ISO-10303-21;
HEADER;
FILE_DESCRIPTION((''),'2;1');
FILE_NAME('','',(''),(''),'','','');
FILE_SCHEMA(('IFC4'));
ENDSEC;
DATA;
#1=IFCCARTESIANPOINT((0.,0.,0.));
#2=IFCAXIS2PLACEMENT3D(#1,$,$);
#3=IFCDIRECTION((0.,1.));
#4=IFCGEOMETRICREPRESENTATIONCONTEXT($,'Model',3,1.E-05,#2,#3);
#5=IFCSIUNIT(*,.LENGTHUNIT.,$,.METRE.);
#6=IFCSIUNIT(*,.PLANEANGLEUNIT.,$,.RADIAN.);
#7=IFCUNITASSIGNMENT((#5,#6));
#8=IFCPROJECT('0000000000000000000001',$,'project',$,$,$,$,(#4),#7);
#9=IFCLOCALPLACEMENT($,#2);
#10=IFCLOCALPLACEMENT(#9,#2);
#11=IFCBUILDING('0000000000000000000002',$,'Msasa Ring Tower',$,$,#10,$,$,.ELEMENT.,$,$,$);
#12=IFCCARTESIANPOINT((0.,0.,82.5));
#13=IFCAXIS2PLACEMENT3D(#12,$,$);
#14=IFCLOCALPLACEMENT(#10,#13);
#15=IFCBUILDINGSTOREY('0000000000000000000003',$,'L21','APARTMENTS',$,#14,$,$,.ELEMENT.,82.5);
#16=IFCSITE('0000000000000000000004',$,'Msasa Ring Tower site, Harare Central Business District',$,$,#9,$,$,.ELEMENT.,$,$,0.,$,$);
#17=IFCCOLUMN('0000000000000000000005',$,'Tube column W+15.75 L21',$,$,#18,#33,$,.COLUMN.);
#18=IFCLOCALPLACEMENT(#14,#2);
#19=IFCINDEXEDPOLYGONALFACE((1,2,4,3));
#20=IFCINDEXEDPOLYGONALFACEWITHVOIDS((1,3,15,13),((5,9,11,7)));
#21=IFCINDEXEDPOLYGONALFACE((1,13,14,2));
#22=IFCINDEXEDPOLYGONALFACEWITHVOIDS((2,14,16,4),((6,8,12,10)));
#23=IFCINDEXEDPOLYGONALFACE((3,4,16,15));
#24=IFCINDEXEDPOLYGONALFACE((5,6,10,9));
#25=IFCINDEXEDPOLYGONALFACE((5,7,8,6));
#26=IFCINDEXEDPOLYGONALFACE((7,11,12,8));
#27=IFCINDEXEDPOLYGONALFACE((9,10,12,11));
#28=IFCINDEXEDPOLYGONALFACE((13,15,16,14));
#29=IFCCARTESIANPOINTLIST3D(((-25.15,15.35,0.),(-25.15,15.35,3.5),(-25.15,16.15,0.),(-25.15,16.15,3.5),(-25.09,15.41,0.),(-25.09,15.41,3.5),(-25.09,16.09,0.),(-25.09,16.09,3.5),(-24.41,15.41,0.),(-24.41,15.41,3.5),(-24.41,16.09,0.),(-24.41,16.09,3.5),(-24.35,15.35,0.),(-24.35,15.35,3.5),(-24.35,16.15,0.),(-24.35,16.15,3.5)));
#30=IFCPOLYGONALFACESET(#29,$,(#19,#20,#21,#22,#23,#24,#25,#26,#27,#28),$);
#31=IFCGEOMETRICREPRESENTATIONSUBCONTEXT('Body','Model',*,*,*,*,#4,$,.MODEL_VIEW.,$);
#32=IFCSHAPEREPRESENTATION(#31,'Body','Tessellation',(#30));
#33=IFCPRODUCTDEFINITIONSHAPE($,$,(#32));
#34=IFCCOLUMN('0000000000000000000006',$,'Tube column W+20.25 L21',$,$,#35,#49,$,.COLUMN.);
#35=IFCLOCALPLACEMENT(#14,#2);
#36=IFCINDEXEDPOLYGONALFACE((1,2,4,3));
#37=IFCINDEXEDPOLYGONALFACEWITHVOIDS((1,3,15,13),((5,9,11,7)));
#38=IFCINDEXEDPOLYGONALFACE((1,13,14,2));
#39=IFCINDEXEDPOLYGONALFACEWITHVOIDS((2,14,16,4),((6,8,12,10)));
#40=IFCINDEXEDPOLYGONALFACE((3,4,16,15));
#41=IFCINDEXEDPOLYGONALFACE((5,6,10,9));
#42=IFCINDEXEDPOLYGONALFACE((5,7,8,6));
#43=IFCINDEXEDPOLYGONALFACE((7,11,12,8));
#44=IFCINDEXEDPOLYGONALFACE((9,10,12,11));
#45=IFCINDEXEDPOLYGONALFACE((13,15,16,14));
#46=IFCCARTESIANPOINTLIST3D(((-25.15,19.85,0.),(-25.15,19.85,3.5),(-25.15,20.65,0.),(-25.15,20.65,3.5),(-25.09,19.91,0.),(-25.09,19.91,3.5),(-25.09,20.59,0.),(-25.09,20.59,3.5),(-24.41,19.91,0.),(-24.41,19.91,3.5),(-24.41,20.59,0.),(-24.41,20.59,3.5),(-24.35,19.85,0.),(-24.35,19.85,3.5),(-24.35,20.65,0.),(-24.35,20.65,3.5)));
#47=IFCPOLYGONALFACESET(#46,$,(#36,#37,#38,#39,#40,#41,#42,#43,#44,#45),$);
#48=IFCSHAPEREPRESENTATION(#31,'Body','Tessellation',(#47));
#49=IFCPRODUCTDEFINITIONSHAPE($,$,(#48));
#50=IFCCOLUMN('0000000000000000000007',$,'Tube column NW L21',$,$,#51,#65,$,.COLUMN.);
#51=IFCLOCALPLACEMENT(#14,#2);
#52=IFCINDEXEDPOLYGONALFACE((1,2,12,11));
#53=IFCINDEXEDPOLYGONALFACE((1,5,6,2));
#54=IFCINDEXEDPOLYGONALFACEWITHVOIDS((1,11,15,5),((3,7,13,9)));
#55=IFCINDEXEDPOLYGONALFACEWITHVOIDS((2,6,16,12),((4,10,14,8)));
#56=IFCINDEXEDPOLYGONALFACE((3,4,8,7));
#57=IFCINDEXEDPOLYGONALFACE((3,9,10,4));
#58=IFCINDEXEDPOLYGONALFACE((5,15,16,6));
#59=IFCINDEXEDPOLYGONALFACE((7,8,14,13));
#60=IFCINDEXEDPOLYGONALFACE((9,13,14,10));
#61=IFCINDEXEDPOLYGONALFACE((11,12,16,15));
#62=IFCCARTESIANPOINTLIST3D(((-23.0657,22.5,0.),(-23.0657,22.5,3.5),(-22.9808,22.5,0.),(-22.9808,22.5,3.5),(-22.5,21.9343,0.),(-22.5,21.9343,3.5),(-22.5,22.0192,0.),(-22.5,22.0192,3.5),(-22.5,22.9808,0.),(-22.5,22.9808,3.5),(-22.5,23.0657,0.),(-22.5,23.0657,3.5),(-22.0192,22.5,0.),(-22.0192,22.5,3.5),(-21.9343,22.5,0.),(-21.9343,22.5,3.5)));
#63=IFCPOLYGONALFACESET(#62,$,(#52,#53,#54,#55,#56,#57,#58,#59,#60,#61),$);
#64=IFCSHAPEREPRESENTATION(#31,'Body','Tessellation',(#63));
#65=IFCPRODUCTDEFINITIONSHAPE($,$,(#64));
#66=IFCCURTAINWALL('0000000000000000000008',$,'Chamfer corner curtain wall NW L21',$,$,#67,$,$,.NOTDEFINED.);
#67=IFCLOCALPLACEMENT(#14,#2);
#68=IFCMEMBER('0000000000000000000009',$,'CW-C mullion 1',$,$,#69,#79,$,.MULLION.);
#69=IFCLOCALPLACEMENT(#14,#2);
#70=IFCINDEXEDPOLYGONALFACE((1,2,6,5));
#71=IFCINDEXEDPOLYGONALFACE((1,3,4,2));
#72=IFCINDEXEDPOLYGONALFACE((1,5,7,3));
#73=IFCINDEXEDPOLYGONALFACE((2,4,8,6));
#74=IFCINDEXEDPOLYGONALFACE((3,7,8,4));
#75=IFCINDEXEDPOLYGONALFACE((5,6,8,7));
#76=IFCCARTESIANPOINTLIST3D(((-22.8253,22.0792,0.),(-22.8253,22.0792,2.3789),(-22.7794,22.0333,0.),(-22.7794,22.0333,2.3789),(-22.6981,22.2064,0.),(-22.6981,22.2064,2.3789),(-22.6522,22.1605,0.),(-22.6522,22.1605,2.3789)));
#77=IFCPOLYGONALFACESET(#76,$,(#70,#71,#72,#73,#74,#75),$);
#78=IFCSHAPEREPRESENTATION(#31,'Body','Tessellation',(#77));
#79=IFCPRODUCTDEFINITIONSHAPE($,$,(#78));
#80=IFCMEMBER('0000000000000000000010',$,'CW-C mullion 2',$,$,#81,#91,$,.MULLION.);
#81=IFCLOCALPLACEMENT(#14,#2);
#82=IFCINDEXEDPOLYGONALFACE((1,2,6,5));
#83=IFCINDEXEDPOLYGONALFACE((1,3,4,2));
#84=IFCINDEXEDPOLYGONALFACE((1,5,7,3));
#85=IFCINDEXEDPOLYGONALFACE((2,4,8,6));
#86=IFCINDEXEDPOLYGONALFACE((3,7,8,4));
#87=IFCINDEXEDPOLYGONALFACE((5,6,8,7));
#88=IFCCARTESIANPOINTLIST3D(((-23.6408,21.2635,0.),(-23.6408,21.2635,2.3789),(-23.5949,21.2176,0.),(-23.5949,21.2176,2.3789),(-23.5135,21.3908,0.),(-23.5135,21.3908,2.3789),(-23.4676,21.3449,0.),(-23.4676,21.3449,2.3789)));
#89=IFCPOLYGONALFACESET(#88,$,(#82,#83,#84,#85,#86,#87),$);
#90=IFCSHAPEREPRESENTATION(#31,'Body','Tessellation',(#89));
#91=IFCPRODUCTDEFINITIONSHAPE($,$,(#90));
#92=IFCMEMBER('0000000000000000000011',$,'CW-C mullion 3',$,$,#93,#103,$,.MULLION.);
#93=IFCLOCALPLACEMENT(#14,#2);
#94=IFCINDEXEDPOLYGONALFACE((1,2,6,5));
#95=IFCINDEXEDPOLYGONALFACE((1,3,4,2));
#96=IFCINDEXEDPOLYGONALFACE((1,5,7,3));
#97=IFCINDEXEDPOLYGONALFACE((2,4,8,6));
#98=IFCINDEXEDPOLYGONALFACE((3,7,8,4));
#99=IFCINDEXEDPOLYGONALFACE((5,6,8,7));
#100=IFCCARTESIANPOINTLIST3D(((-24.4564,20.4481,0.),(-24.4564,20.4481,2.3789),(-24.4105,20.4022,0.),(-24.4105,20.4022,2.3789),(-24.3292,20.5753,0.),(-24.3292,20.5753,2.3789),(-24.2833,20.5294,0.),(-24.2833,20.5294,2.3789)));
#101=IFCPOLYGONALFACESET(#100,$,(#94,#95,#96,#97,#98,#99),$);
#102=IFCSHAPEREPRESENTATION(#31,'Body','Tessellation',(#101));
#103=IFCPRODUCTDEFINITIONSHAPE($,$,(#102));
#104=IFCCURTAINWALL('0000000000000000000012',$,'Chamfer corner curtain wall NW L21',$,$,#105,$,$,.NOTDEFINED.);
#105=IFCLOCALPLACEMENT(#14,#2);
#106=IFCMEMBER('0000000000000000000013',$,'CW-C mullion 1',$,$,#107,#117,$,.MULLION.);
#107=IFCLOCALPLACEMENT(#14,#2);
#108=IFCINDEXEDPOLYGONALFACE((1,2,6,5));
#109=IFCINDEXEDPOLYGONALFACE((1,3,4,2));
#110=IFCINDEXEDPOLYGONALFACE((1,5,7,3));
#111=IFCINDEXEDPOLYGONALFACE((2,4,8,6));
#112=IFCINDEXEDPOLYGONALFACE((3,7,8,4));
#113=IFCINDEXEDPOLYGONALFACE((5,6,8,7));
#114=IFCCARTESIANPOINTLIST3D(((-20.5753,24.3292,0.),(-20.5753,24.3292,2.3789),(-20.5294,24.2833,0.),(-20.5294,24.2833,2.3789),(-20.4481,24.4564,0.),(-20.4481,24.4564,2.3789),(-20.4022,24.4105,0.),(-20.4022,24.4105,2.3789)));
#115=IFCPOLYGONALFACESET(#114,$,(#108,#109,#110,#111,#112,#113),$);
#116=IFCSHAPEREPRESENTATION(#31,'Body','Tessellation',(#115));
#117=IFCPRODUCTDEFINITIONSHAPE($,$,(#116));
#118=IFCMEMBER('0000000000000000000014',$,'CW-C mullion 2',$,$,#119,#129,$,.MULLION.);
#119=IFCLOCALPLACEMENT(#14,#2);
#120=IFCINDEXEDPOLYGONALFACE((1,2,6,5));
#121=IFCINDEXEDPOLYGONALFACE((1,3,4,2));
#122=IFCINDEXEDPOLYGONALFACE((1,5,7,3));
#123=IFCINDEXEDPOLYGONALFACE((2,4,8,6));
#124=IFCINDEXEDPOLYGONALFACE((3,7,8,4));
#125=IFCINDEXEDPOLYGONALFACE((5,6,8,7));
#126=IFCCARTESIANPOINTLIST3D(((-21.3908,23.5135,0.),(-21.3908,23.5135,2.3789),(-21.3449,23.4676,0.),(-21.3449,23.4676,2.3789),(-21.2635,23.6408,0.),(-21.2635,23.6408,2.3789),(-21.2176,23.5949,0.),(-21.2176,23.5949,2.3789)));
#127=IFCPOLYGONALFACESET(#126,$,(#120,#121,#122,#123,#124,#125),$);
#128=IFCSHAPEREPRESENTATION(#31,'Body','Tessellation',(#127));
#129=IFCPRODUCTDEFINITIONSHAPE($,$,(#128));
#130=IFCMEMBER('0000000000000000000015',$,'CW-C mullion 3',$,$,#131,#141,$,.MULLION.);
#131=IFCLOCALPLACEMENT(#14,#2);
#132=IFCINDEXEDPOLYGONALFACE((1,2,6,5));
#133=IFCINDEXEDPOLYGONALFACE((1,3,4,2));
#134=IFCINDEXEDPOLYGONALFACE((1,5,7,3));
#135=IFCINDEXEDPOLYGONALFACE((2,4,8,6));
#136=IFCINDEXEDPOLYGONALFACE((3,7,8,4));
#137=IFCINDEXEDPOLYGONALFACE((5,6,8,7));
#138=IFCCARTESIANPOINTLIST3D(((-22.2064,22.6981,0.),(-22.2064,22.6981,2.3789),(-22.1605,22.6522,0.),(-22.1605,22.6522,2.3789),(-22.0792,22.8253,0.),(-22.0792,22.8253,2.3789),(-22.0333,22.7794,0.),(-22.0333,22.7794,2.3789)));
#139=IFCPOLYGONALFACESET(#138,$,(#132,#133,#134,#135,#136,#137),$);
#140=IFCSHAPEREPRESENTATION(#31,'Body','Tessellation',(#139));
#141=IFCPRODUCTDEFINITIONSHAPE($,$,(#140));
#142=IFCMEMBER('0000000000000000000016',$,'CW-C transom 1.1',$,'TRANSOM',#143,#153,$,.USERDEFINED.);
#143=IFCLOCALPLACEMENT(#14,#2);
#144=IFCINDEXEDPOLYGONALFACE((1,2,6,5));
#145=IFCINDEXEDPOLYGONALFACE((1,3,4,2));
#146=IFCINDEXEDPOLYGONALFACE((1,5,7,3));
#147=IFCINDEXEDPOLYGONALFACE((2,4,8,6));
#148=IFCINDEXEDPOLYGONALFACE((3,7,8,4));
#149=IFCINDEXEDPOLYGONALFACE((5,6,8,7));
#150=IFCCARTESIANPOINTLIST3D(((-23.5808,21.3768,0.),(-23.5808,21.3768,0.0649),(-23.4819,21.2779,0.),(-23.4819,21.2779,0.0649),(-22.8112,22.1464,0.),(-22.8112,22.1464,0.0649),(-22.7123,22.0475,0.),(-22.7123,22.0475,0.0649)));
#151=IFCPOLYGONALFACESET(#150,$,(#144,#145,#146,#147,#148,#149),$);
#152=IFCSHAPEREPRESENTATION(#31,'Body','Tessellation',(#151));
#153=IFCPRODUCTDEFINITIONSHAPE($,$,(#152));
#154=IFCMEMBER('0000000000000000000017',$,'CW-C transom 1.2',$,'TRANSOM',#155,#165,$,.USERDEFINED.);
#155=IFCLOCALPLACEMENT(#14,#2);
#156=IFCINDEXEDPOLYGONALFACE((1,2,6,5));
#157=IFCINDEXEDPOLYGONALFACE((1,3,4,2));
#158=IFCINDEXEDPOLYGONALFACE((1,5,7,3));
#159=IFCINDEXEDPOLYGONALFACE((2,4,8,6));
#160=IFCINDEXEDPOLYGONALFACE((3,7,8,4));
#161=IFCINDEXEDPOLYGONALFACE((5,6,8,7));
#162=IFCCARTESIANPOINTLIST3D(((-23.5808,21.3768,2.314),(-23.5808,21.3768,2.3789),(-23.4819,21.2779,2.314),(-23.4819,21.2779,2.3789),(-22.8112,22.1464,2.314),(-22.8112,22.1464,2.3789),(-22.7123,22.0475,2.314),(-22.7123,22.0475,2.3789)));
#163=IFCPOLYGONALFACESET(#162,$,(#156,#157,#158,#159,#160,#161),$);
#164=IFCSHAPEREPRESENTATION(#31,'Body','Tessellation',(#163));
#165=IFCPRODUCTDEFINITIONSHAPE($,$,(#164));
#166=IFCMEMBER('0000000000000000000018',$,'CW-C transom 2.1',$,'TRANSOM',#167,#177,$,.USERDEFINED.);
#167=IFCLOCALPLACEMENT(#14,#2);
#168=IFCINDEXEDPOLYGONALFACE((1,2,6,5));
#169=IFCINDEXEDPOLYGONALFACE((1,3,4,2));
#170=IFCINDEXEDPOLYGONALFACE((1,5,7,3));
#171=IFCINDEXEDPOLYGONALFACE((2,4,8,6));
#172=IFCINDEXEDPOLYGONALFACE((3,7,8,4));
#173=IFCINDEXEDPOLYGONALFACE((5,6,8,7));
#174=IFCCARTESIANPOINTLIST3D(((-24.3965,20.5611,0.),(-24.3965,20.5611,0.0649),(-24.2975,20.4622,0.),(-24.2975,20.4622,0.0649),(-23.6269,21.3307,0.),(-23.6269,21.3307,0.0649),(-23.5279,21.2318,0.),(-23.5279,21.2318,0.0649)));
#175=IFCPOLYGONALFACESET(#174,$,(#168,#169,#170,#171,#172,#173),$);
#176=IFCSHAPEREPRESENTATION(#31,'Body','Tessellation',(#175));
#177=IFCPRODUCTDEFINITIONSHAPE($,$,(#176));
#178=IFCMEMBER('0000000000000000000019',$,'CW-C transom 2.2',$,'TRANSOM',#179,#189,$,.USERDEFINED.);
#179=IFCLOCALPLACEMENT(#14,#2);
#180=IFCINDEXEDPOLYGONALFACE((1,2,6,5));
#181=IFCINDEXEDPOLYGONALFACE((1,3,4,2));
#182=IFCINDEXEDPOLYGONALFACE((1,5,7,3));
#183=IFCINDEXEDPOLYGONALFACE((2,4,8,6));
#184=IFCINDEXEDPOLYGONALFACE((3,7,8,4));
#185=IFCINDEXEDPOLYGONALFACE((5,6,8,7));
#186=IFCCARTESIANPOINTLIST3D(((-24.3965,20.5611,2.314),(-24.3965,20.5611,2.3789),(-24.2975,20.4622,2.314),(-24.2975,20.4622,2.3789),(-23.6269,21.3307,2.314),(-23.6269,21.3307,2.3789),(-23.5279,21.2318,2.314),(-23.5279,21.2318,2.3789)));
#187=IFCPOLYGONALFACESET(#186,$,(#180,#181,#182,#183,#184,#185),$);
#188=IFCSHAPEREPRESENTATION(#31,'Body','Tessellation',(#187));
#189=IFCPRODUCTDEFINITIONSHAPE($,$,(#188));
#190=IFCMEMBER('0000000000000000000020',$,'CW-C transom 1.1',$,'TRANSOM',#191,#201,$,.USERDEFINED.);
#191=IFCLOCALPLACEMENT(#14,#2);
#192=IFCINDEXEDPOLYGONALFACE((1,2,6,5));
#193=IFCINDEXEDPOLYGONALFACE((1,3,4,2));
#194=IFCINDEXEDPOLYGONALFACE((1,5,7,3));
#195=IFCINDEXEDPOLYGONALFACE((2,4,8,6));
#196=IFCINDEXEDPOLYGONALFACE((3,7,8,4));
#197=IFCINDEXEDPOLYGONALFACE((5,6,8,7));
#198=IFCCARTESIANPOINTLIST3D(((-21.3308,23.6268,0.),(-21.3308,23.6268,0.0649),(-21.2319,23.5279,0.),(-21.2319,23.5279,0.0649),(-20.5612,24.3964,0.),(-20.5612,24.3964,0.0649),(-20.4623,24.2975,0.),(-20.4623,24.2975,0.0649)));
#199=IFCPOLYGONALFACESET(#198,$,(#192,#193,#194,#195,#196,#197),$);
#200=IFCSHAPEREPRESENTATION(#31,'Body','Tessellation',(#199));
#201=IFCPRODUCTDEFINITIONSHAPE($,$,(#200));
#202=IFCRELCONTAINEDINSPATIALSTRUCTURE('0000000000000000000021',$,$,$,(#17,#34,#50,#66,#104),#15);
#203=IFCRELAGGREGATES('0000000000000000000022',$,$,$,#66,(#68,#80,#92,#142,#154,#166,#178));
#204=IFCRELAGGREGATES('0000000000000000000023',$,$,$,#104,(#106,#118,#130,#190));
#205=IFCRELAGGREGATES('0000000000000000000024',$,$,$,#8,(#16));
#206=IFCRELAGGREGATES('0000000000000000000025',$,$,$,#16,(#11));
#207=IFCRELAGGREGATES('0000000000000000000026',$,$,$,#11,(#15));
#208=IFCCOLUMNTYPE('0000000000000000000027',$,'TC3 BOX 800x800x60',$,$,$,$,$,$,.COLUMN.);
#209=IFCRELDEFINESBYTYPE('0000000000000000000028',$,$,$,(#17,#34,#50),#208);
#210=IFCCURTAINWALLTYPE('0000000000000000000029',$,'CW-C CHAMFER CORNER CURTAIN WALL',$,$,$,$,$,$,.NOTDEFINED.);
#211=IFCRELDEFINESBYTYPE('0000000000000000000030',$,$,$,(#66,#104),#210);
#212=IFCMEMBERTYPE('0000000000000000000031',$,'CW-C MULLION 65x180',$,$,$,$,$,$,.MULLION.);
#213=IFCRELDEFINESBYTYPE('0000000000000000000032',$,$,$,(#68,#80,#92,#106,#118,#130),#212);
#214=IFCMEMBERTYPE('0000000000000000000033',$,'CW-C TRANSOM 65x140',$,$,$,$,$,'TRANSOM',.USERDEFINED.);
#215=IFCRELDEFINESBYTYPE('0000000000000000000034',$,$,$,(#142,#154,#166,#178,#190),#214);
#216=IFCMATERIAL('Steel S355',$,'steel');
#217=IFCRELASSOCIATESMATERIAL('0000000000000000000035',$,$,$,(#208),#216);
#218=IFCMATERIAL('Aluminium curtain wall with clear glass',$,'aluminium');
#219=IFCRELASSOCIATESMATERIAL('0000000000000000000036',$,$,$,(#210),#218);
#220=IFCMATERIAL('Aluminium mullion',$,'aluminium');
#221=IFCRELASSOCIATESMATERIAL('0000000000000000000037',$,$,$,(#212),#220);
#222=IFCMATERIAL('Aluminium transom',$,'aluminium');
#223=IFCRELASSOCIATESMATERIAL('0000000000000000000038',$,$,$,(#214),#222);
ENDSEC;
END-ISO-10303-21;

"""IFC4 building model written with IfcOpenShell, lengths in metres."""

from ifc_helpers import new_model, si_unit, direction, frame, origin, origin_2d, place, context, subcontext, project, spatial, rectangle, hollow_rectangle, extrude, material, material_profile, profile_set, type_object, element, aggregate, save


model = new_model("IFC4")

# Units and contexts
model_context = context("Model", 3, precision=1e-05, world=origin(), true_north=direction((0.0, 1.0)))
body_context = subcontext(model_context, "Body", "Model", "MODEL_VIEW")
ifc_project = project(units=[si_unit("LENGTHUNIT", "METRE"), si_unit("PLANEANGLEUNIT", "RADIAN")], contexts=[model_context])

# Site, building, storey
site_placement = place(None, origin())
site = spatial("IfcSite", under=ifc_project, at=site_placement, Name="Msasa Ring Tower site, Harare Central Business District", CompositionType="ELEMENT", RefElevation=0.0)
building_placement = place(site_placement, origin())
building = spatial("IfcBuilding", under=site, at=building_placement, Name="Msasa Ring Tower", CompositionType="ELEMENT")
storey_placement = place(building_placement, frame((0.0, 0.0, 82.5)))
storey = spatial("IfcBuildingStorey", under=building, at=storey_placement, Name="L21", Description="APARTMENTS", CompositionType="ELEMENT", Elevation=82.5)

# Columns
ifc_material_1 = material(Name="Steel S355", Category="steel")
ifc_material_profile_1 = material_profile(ifc_material_1, hollow_rectangle(XDim=0.8, YDim=0.8, WallThickness=0.0601, at=origin_2d()), Name="BOX 800x800x60")
ifc_profile_set_1 = profile_set([ifc_material_profile_1], Name="Steel S355")
column_type = type_object("IfcColumnType", Name="TC3 BOX 800x800x60", PredefinedType="COLUMN", material=ifc_profile_set_1)
for number, where, z_axis, x_axis, name in (
    (1, (-24.75, 15.75, 0.0), (0.0, 0.0, 1.0), (1.0, 0.0, 0.0), "Tube column W+15.75 L21"),
    (2, (-24.75, 20.25, 0.0), (0.0, 0.0, 1.0), (1.0, 0.0, 0.0), "Tube column W+20.25 L21"),
    (3, (-22.5, 22.5, 0.0), (0.0, 0.0, 1.0), (0.707107, -0.707107, 0.0), "Tube column NW L21"),
):
    element("IfcColumn", number, at=place(storey_placement, frame(where, z_axis=z_axis, x_axis=x_axis)), inside=storey, type_object=column_type, Name=name, PredefinedType="COLUMN", context=body_context, shape_type="SweptSolid", body=[
        extrude(hollow_rectangle(XDim=0.8, YDim=0.8, WallThickness=0.0601, at=origin_2d()), origin(), (0.0, 0.0, 1.0), 3.5),
    ])

# Curtain walls, members
ifc_material_2 = material(Name="Aluminium curtain wall with clear glass", Category="aluminium")
curtain_wall_type = type_object("IfcCurtainWallType", Name="CW-C CHAMFER CORNER CURTAIN WALL", PredefinedType="NOTDEFINED", material=ifc_material_2)
curtain_wall_1_placement = place(storey_placement, origin())
curtain_wall_1 = element("IfcCurtainWall", 4, at=curtain_wall_1_placement, inside=storey, type_object=curtain_wall_type, Name="Chamfer corner curtain wall NW L21", PredefinedType="NOTDEFINED")
ifc_material_3 = material(Name="Aluminium mullion", Category="aluminium")
ifc_material_profile_2 = material_profile(ifc_material_3, rectangle(XDim=0.0649, YDim=0.1799, at=origin_2d()), Name="AL 65x180")
ifc_profile_set_2 = profile_set([ifc_material_profile_2], Name="Aluminium mullion")
member_type_1 = type_object("IfcMemberType", Name="CW-C MULLION 65x180", PredefinedType="MULLION", material=ifc_profile_set_2)
member_1_placement = place(storey_placement, frame((-22.7388, 22.1199, 0.0), z_axis=(0.0, 0.0, 1.0), x_axis=(0.707107, -0.707107, 0.0)))
member_1 = element("IfcMember", 5, at=member_1_placement, type_object=member_type_1, Name="CW-C mullion 1", PredefinedType="MULLION", context=body_context, shape_type="SweptSolid", body=[
    extrude(rectangle(XDim=0.0649, YDim=0.1799, at=origin_2d()), origin(), (0.0, 0.0, 1.0), 2.3789),
])
member_2_placement = place(storey_placement, frame((-23.5542, 21.3042, 0.0), z_axis=(0.0, 0.0, 1.0), x_axis=(0.707107, -0.707107, 0.0)))
member_2 = element("IfcMember", 6, at=member_2_placement, type_object=member_type_1, Name="CW-C mullion 2", PredefinedType="MULLION", context=body_context, shape_type="SweptSolid", body=[
    extrude(rectangle(XDim=0.0649, YDim=0.1799, at=origin_2d()), origin(), (0.0, 0.0, 1.0), 2.3789),
])
member_3_placement = place(storey_placement, frame((-24.3699, 20.4888, 0.0), z_axis=(0.0, 0.0, 1.0), x_axis=(0.707107, -0.707107, 0.0)))
member_3 = element("IfcMember", 7, at=member_3_placement, type_object=member_type_1, Name="CW-C mullion 3", PredefinedType="MULLION", context=body_context, shape_type="SweptSolid", body=[
    extrude(rectangle(XDim=0.0649, YDim=0.1799, at=origin_2d()), origin(), (0.0, 0.0, 1.0), 2.3789),
])
curtain_wall_2_placement = place(storey_placement, origin())
curtain_wall_2 = element("IfcCurtainWall", 8, at=curtain_wall_2_placement, inside=storey, type_object=curtain_wall_type, Name="Chamfer corner curtain wall NW L21", PredefinedType="NOTDEFINED")
member_4_placement = place(storey_placement, frame((-20.4888, 24.3699, 0.0), z_axis=(0.0, 0.0, 1.0), x_axis=(0.707107, -0.707107, 0.0)))
member_4 = element("IfcMember", 9, at=member_4_placement, type_object=member_type_1, Name="CW-C mullion 1", PredefinedType="MULLION", context=body_context, shape_type="SweptSolid", body=[
    extrude(rectangle(XDim=0.0649, YDim=0.1799, at=origin_2d()), origin(), (0.0, 0.0, 1.0), 2.3789),
])
member_5_placement = place(storey_placement, frame((-21.3042, 23.5542, 0.0), z_axis=(0.0, 0.0, 1.0), x_axis=(0.707107, -0.707107, 0.0)))
member_5 = element("IfcMember", 10, at=member_5_placement, type_object=member_type_1, Name="CW-C mullion 2", PredefinedType="MULLION", context=body_context, shape_type="SweptSolid", body=[
    extrude(rectangle(XDim=0.0649, YDim=0.1799, at=origin_2d()), origin(), (0.0, 0.0, 1.0), 2.3789),
])
member_6_placement = place(storey_placement, frame((-22.1199, 22.7388, 0.0), z_axis=(0.0, 0.0, 1.0), x_axis=(0.707107, -0.707107, 0.0)))
member_6 = element("IfcMember", 11, at=member_6_placement, type_object=member_type_1, Name="CW-C mullion 3", PredefinedType="MULLION", context=body_context, shape_type="SweptSolid", body=[
    extrude(rectangle(XDim=0.0649, YDim=0.1799, at=origin_2d()), origin(), (0.0, 0.0, 1.0), 2.3789),
])

# Members
ifc_material_4 = material(Name="Aluminium transom", Category="aluminium")
ifc_material_profile_3 = material_profile(ifc_material_4, rectangle(XDim=0.1399, YDim=0.0649, at=origin_2d()), Name="AL 65x140")
ifc_profile_set_3 = profile_set([ifc_material_profile_3], Name="Aluminium transom")
member_type_2 = type_object("IfcMemberType", Name="CW-C TRANSOM 65x140", ElementType="TRANSOM", PredefinedType="USERDEFINED", material=ifc_profile_set_3)
member_7_placement = place(storey_placement, frame((-22.7617, 22.0969, 0.0325), z_axis=(-0.707107, -0.707107, 0.0), x_axis=(0.707107, -0.707107, 0.0)))
member_7 = element("IfcMember", 12, at=member_7_placement, type_object=member_type_2, Name="CW-C transom 1.1", ObjectType="TRANSOM", PredefinedType="USERDEFINED", context=body_context, shape_type="SweptSolid", body=[
    extrude(rectangle(XDim=0.1399, YDim=0.0649, at=origin_2d()), origin(), (0.0, 0.0, 1.0), 1.0884),
])
member_8_placement = place(storey_placement, frame((-22.7617, 22.0969, 2.3464), z_axis=(-0.707107, -0.707107, 0.0), x_axis=(0.707107, -0.707107, 0.0)))
member_8 = element("IfcMember", 13, at=member_8_placement, type_object=member_type_2, Name="CW-C transom 1.2", ObjectType="TRANSOM", PredefinedType="USERDEFINED", context=body_context, shape_type="SweptSolid", body=[
    extrude(rectangle(XDim=0.1399, YDim=0.0649, at=origin_2d()), origin(), (0.0, 0.0, 1.0), 1.0884),
])
member_9_placement = place(storey_placement, frame((-23.5774, 21.2812, 0.0325), z_axis=(-0.707107, -0.707107, 0.0), x_axis=(0.707107, -0.707107, 0.0)))
member_9 = element("IfcMember", 14, at=member_9_placement, type_object=member_type_2, Name="CW-C transom 2.1", ObjectType="TRANSOM", PredefinedType="USERDEFINED", context=body_context, shape_type="SweptSolid", body=[
    extrude(rectangle(XDim=0.1399, YDim=0.0649, at=origin_2d()), origin(), (0.0, 0.0, 1.0), 1.0884),
])
member_10_placement = place(storey_placement, frame((-23.5774, 21.2812, 2.3464), z_axis=(-0.707107, -0.707107, 0.0), x_axis=(0.707107, -0.707107, 0.0)))
member_10 = element("IfcMember", 15, at=member_10_placement, type_object=member_type_2, Name="CW-C transom 2.2", ObjectType="TRANSOM", PredefinedType="USERDEFINED", context=body_context, shape_type="SweptSolid", body=[
    extrude(rectangle(XDim=0.1399, YDim=0.0649, at=origin_2d()), origin(), (0.0, 0.0, 1.0), 1.0884),
])
member_11_placement = place(storey_placement, frame((-20.5117, 24.3469, 0.0325), z_axis=(-0.707107, -0.707107, 0.0), x_axis=(0.707107, -0.707107, 0.0)))
member_11 = element("IfcMember", 16, at=member_11_placement, type_object=member_type_2, Name="CW-C transom 1.1", ObjectType="TRANSOM", PredefinedType="USERDEFINED", context=body_context, shape_type="SweptSolid", body=[
    extrude(rectangle(XDim=0.1399, YDim=0.0649, at=origin_2d()), origin(), (0.0, 0.0, 1.0), 1.0884),
])

aggregate(curtain_wall_1, [member_1, member_2, member_3, member_7, member_8, member_9, member_10])
aggregate(curtain_wall_2, [member_4, member_5, member_6, member_11])

save(model, "model.ifc")
